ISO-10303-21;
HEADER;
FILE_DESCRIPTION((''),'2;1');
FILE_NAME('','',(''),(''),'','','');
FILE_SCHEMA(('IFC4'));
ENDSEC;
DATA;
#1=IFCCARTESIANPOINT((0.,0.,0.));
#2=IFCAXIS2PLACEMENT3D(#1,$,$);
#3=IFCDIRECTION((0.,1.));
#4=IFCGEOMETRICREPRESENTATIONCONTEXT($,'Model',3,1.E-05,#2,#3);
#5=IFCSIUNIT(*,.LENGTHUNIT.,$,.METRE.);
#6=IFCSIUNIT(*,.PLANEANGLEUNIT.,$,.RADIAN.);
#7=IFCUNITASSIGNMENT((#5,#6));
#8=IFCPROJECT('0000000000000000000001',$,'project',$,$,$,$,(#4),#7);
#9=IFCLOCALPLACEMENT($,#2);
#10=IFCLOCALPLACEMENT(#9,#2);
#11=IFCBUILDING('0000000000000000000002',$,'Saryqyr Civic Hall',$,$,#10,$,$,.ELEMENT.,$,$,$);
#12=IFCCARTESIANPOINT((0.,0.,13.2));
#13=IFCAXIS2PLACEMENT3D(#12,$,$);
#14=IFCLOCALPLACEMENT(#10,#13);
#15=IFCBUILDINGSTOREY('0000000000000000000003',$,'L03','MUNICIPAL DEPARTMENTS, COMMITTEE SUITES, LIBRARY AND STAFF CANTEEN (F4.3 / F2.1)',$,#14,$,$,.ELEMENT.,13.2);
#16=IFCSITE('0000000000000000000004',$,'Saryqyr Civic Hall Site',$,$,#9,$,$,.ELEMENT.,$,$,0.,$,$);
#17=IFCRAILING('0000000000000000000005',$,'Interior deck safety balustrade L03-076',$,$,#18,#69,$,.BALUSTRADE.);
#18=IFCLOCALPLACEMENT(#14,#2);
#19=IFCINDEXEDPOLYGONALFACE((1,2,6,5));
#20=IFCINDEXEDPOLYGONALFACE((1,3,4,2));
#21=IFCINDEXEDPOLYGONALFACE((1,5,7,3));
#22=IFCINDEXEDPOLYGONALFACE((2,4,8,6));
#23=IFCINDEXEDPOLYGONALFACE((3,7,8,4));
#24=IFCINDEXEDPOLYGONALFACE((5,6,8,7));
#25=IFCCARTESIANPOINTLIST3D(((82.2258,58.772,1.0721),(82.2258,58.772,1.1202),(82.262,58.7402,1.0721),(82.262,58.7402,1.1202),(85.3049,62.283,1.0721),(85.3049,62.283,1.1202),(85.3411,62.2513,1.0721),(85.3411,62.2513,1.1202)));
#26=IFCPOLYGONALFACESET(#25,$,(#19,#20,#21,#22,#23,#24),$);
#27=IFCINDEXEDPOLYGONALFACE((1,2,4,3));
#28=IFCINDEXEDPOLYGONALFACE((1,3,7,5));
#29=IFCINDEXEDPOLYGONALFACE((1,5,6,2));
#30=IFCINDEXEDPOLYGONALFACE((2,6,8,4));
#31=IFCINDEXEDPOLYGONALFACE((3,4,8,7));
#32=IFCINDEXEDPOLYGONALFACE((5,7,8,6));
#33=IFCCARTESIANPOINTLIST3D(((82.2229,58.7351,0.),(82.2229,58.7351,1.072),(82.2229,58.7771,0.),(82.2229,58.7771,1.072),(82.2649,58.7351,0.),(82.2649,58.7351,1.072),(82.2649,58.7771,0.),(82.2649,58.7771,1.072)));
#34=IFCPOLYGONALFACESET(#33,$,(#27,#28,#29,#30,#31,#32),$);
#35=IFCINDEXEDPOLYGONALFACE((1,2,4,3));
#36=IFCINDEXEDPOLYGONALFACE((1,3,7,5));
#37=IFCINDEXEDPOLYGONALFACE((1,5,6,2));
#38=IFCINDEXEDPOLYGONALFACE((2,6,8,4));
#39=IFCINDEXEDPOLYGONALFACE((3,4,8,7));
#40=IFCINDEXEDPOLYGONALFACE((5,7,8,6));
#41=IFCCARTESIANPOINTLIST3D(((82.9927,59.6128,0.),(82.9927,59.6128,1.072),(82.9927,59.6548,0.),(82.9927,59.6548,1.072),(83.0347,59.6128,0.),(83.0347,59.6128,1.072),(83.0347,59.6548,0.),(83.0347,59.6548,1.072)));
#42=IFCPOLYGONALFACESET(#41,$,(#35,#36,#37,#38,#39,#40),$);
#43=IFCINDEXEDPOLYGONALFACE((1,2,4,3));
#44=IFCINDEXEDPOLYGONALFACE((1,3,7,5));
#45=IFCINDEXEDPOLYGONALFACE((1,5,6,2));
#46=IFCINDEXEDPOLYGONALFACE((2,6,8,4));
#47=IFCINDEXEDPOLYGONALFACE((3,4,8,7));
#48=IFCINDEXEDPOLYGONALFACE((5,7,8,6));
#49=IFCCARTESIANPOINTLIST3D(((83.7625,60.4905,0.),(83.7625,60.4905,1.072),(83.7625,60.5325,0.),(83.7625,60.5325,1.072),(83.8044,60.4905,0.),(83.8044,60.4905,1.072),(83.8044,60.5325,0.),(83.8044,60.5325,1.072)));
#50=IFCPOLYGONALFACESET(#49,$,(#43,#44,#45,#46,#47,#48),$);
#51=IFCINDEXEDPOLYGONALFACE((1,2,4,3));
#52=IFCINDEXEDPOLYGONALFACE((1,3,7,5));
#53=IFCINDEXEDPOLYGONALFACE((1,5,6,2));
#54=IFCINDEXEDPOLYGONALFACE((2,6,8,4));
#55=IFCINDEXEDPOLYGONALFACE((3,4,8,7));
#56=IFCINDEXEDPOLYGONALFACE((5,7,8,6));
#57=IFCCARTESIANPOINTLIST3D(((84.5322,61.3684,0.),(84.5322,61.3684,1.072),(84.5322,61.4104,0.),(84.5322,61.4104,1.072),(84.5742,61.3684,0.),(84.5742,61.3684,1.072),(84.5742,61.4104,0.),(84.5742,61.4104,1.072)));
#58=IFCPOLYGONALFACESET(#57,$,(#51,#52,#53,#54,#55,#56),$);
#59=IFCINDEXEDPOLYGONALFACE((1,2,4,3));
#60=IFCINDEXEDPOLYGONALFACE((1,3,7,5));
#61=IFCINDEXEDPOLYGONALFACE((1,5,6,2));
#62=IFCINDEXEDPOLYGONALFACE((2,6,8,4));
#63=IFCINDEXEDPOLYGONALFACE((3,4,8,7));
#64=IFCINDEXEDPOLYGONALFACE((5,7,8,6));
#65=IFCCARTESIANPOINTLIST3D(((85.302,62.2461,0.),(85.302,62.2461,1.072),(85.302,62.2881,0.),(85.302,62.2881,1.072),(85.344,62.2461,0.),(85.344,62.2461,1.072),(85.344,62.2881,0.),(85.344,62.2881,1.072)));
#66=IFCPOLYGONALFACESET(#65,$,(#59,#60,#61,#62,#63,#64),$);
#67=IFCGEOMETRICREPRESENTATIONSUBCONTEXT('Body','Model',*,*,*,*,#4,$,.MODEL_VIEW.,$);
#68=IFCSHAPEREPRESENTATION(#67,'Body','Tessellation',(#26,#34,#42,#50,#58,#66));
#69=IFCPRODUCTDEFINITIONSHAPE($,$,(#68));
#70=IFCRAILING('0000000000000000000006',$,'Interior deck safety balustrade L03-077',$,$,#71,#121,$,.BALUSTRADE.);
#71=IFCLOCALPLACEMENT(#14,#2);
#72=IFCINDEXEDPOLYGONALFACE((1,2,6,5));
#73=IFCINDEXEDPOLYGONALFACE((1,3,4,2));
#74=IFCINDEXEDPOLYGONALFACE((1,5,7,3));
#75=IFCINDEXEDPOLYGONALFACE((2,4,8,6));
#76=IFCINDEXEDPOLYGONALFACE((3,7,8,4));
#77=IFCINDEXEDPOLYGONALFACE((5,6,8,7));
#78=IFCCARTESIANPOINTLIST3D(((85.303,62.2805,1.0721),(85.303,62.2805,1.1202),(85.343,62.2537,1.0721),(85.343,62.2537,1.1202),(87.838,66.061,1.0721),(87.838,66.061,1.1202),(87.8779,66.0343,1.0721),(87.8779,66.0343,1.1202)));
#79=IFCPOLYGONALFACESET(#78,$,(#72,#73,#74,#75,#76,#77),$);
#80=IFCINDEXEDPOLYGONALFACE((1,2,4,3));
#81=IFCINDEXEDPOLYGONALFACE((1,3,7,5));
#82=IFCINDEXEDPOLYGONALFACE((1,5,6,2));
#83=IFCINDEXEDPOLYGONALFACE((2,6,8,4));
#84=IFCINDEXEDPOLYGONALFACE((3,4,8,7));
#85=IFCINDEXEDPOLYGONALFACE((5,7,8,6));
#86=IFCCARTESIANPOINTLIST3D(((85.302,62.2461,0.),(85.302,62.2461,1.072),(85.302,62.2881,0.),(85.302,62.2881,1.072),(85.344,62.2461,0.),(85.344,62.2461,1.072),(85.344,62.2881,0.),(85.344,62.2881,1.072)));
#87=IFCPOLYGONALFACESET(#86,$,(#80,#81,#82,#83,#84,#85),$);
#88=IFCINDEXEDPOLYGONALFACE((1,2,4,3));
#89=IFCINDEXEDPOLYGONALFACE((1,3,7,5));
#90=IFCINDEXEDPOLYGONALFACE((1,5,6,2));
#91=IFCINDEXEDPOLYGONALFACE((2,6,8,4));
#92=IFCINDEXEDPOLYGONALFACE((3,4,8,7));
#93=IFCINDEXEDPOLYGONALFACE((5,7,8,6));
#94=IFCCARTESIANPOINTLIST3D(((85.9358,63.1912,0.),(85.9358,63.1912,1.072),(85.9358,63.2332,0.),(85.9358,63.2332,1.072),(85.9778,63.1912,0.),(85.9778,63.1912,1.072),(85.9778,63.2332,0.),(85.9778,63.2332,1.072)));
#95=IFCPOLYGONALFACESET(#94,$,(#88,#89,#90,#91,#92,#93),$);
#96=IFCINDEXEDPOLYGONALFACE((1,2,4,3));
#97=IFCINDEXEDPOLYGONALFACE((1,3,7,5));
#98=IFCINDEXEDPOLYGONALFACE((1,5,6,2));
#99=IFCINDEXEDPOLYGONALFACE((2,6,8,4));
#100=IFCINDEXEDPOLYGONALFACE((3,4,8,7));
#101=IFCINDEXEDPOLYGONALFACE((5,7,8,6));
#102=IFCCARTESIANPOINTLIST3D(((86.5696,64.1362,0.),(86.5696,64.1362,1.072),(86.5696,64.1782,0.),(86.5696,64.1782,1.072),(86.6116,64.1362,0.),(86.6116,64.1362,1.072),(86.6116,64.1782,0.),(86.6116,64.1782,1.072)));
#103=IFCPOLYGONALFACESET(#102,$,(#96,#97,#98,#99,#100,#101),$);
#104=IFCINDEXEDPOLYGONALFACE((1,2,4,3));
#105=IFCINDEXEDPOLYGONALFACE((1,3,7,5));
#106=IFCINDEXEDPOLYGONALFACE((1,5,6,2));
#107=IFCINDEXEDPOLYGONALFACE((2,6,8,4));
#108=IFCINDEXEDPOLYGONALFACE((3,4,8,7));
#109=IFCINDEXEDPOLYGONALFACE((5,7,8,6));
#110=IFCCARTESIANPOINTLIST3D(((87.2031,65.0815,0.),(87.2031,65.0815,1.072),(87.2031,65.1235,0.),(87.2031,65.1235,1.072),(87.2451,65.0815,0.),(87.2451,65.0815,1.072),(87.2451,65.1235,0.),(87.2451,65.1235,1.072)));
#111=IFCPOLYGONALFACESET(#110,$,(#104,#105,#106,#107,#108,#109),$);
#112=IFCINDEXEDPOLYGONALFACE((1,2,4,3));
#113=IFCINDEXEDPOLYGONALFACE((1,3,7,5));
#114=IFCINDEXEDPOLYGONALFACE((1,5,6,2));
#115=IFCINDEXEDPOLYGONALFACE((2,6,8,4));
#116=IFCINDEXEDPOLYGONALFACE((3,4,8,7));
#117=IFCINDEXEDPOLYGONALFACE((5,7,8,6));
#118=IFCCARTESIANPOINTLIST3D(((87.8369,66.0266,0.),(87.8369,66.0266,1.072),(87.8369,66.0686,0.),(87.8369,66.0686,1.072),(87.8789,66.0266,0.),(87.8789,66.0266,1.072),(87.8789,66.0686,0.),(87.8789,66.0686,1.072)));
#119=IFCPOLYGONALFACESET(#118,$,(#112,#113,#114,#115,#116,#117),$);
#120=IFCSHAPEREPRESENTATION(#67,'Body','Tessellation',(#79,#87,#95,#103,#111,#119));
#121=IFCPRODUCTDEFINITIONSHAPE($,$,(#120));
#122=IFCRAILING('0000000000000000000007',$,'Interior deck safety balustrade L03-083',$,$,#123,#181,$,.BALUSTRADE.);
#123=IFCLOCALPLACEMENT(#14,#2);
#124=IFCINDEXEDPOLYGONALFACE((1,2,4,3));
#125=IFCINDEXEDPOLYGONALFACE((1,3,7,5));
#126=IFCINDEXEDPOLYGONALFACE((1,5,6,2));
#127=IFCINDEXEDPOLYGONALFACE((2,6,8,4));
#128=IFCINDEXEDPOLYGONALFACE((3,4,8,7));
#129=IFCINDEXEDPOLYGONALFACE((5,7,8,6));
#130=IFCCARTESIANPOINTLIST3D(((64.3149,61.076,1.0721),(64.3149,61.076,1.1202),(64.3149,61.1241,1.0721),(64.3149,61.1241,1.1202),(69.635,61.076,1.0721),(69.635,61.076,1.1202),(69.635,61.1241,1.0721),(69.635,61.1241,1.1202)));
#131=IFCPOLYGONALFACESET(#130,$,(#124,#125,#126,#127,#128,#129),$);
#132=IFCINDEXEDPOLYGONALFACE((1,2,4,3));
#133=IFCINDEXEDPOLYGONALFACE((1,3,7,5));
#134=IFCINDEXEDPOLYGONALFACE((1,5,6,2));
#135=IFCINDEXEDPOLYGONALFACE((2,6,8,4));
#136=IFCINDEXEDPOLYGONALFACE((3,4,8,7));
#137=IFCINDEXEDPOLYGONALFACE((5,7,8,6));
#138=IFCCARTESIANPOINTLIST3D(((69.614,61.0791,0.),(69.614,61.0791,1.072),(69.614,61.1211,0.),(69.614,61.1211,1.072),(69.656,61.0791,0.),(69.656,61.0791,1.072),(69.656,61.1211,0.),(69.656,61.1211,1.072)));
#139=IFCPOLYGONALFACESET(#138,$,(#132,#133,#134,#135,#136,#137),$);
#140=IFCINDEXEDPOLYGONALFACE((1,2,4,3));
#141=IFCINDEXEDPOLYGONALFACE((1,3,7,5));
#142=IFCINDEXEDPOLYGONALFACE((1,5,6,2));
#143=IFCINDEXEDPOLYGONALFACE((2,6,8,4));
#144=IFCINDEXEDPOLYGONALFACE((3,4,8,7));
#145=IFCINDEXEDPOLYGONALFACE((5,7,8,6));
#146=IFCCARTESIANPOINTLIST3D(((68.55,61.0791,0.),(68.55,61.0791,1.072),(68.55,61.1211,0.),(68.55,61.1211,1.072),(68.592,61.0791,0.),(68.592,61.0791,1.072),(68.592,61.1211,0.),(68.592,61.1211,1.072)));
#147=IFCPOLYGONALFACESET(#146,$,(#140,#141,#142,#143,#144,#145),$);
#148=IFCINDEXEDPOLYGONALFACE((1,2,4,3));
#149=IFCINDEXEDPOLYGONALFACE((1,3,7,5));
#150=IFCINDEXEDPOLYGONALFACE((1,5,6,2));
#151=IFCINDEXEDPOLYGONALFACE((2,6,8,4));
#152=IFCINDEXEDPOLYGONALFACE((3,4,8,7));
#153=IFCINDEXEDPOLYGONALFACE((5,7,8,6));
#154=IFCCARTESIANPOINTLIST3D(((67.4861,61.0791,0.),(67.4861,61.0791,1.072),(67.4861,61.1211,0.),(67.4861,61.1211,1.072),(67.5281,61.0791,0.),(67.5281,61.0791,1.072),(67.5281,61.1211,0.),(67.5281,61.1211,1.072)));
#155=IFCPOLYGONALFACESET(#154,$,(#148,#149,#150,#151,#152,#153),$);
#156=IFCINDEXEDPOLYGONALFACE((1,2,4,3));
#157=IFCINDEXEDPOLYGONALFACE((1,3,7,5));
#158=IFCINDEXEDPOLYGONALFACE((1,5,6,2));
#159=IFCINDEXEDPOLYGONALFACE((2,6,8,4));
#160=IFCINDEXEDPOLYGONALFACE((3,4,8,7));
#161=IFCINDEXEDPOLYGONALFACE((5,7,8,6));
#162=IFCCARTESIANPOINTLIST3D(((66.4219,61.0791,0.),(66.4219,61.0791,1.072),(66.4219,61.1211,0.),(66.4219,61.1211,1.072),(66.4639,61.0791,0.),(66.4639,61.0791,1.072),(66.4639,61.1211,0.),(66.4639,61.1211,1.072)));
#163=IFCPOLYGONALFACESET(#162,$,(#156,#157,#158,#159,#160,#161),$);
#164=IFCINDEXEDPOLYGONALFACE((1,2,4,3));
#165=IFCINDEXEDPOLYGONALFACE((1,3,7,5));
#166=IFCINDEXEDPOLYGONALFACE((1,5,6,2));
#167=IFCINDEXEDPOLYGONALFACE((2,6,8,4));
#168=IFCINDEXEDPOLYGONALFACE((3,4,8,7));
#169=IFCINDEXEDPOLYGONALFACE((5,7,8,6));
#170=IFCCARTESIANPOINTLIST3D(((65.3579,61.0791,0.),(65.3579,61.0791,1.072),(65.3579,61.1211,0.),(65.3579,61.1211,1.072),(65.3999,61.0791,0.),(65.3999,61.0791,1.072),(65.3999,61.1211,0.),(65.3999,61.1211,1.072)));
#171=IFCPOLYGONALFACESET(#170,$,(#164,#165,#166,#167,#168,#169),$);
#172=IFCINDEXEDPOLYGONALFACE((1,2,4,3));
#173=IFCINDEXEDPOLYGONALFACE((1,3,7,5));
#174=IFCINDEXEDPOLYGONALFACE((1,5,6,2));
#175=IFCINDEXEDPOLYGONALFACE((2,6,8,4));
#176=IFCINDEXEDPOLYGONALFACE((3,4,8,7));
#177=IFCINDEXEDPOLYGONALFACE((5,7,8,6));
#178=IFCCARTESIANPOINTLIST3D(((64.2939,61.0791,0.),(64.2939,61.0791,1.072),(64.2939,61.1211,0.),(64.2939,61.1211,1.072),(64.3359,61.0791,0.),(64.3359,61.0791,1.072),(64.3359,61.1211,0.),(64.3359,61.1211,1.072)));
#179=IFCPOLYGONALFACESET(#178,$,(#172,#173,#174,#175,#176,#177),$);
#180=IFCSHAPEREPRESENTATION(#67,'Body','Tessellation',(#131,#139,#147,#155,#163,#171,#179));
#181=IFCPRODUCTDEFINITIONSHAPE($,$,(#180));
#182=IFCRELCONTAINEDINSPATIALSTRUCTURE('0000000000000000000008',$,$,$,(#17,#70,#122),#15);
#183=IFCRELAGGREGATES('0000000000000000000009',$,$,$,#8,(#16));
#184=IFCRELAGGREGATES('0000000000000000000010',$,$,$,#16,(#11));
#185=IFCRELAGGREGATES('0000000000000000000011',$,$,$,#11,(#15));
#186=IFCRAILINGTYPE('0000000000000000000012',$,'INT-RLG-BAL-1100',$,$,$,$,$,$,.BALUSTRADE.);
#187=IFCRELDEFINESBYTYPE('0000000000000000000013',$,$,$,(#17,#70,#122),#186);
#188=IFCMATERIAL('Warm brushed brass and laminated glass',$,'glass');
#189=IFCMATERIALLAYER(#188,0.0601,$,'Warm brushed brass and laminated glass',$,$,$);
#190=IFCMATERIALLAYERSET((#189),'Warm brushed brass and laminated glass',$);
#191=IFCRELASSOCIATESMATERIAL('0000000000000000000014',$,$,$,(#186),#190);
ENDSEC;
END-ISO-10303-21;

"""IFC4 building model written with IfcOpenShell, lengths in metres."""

from ifc_helpers import new_model, si_unit, direction, frame, origin, origin_2d, place, context, subcontext, project, spatial, rectangle, extrude, material, layer, layer_set, type_object, element, save


model = new_model("IFC4")

# Units and contexts
model_context = context("Model", 3, precision=1e-05, world=origin(), true_north=direction((0.0, 1.0)))
body_context = subcontext(model_context, "Body", "Model", "MODEL_VIEW")
ifc_project = project(units=[si_unit("LENGTHUNIT", "METRE"), si_unit("PLANEANGLEUNIT", "RADIAN")], contexts=[model_context])

# Site, building, storey
site_placement = place(None, origin())
site = spatial("IfcSite", under=ifc_project, at=site_placement, Name="Saryqyr Civic Hall Site", CompositionType="ELEMENT", RefElevation=0.0)
building_placement = place(site_placement, origin())
building = spatial("IfcBuilding", under=site, at=building_placement, Name="Saryqyr Civic Hall", CompositionType="ELEMENT")
storey_placement = place(building_placement, frame((0.0, 0.0, 13.2)))
storey = spatial("IfcBuildingStorey", under=building, at=storey_placement, Name="L03", Description="MUNICIPAL DEPARTMENTS, COMMITTEE SUITES, LIBRARY AND STAFF CANTEEN (F4.3 / F2.1)", CompositionType="ELEMENT", Elevation=13.2)

# Railings
ifc_material_1 = material(Name="Warm brushed brass and laminated glass", Category="glass")
ifc_layer_1 = layer(ifc_material_1, 0.0601, Name="Warm brushed brass and laminated glass")
ifc_layer_set_1 = layer_set([ifc_layer_1], Name="Warm brushed brass and laminated glass")
railing_type = type_object("IfcRailingType", Name="INT-RLG-BAL-1100", PredefinedType="BALUSTRADE", material=ifc_layer_set_1)
railing_1_placement = place(storey_placement, frame((82.2439, 58.7561, 0.0)))
element("IfcRailing", 1, at=railing_1_placement, inside=storey, type_object=railing_type, Name="Interior deck safety balustrade L03-076", PredefinedType="BALUSTRADE", context=body_context, shape_type="SweptSolid", body=[
    extrude(rectangle(XDim=0.0481, YDim=0.0481, at=origin_2d()), frame((0.0, 0.0, 1.0962), z_axis=(0.659352, 0.751835, 0.0), x_axis=(-0.751835, 0.659352, 0.0)), (0.0, 0.0, 1.0), 4.6699),
    extrude(rectangle(XDim=0.042, YDim=0.042, at=origin_2d()), origin(), (0.0, 0.0, 1.0), 1.072),
    extrude(rectangle(XDim=0.042, YDim=0.042, at=origin_2d()), frame((0.7698, 0.8777, 0.0)), (0.0, 0.0, 1.0), 1.072),
    extrude(rectangle(XDim=0.042, YDim=0.042, at=origin_2d()), frame((1.5396, 1.7554, 0.0)), (0.0, 0.0, 1.0), 1.072),
    extrude(rectangle(XDim=0.042, YDim=0.042, at=origin_2d()), frame((2.3093, 2.6333, 0.0)), (0.0, 0.0, 1.0), 1.072),
    extrude(rectangle(XDim=0.042, YDim=0.042, at=origin_2d()), frame((3.0791, 3.511, 0.0)), (0.0, 0.0, 1.0), 1.072),
])
railing_2_placement = place(storey_placement, frame((85.323, 62.2671, 0.0)))
element("IfcRailing", 2, at=railing_2_placement, inside=storey, type_object=railing_type, Name="Interior deck safety balustrade L03-077", PredefinedType="BALUSTRADE", context=body_context, shape_type="SweptSolid", body=[
    extrude(rectangle(XDim=0.0481, YDim=0.0481, at=origin_2d()), frame((0.0, 0.0, 1.0962), z_axis=(0.556914, 0.83057, 0.0), x_axis=(-0.83057, 0.556914, 0.0)), (0.0, 0.0, 1.0), 4.5518),
    extrude(rectangle(XDim=0.042, YDim=0.042, at=origin_2d()), origin(), (0.0, 0.0, 1.0), 1.072),
    extrude(rectangle(XDim=0.042, YDim=0.042, at=origin_2d()), frame((0.6338, 0.9451, 0.0)), (0.0, 0.0, 1.0), 1.072),
    extrude(rectangle(XDim=0.042, YDim=0.042, at=origin_2d()), frame((1.2676, 1.8901, 0.0)), (0.0, 0.0, 1.0), 1.072),
    extrude(rectangle(XDim=0.042, YDim=0.042, at=origin_2d()), frame((1.9011, 2.8354, 0.0)), (0.0, 0.0, 1.0), 1.072),
    extrude(rectangle(XDim=0.042, YDim=0.042, at=origin_2d()), frame((2.5349, 3.7805, 0.0)), (0.0, 0.0, 1.0), 1.072),
])
railing_3_placement = place(storey_placement, frame((69.635, 61.1001, 0.0)))
element("IfcRailing", 3, at=railing_3_placement, inside=storey, type_object=railing_type, Name="Interior deck safety balustrade L03-083", PredefinedType="BALUSTRADE", context=body_context, shape_type="SweptSolid", body=[
    extrude(rectangle(XDim=0.0481, YDim=0.0481, at=origin_2d()), frame((0.0, 0.0, 1.0962), z_axis=(-1.0, 0.0, 0.0), x_axis=(0.0, -1.0, 0.0)), (0.0, 0.0, 1.0), 5.3201),
    extrude(rectangle(XDim=0.042, YDim=0.042, at=origin_2d()), origin(), (0.0, 0.0, 1.0), 1.072),
    extrude(rectangle(XDim=0.042, YDim=0.042, at=origin_2d()), frame((-1.064, 0.0, 0.0)), (0.0, 0.0, 1.0), 1.072),
    extrude(rectangle(XDim=0.042, YDim=0.042, at=origin_2d()), frame((-2.1279, 0.0, 0.0)), (0.0, 0.0, 1.0), 1.072),
    extrude(rectangle(XDim=0.042, YDim=0.042, at=origin_2d()), frame((-3.1921, 0.0, 0.0)), (0.0, 0.0, 1.0), 1.072),
    extrude(rectangle(XDim=0.042, YDim=0.042, at=origin_2d()), frame((-4.2561, 0.0, 0.0)), (0.0, 0.0, 1.0), 1.072),
    extrude(rectangle(XDim=0.042, YDim=0.042, at=origin_2d()), frame((-5.3201, 0.0, 0.0)), (0.0, 0.0, 1.0), 1.072),
])

save(model, "model.ifc")
